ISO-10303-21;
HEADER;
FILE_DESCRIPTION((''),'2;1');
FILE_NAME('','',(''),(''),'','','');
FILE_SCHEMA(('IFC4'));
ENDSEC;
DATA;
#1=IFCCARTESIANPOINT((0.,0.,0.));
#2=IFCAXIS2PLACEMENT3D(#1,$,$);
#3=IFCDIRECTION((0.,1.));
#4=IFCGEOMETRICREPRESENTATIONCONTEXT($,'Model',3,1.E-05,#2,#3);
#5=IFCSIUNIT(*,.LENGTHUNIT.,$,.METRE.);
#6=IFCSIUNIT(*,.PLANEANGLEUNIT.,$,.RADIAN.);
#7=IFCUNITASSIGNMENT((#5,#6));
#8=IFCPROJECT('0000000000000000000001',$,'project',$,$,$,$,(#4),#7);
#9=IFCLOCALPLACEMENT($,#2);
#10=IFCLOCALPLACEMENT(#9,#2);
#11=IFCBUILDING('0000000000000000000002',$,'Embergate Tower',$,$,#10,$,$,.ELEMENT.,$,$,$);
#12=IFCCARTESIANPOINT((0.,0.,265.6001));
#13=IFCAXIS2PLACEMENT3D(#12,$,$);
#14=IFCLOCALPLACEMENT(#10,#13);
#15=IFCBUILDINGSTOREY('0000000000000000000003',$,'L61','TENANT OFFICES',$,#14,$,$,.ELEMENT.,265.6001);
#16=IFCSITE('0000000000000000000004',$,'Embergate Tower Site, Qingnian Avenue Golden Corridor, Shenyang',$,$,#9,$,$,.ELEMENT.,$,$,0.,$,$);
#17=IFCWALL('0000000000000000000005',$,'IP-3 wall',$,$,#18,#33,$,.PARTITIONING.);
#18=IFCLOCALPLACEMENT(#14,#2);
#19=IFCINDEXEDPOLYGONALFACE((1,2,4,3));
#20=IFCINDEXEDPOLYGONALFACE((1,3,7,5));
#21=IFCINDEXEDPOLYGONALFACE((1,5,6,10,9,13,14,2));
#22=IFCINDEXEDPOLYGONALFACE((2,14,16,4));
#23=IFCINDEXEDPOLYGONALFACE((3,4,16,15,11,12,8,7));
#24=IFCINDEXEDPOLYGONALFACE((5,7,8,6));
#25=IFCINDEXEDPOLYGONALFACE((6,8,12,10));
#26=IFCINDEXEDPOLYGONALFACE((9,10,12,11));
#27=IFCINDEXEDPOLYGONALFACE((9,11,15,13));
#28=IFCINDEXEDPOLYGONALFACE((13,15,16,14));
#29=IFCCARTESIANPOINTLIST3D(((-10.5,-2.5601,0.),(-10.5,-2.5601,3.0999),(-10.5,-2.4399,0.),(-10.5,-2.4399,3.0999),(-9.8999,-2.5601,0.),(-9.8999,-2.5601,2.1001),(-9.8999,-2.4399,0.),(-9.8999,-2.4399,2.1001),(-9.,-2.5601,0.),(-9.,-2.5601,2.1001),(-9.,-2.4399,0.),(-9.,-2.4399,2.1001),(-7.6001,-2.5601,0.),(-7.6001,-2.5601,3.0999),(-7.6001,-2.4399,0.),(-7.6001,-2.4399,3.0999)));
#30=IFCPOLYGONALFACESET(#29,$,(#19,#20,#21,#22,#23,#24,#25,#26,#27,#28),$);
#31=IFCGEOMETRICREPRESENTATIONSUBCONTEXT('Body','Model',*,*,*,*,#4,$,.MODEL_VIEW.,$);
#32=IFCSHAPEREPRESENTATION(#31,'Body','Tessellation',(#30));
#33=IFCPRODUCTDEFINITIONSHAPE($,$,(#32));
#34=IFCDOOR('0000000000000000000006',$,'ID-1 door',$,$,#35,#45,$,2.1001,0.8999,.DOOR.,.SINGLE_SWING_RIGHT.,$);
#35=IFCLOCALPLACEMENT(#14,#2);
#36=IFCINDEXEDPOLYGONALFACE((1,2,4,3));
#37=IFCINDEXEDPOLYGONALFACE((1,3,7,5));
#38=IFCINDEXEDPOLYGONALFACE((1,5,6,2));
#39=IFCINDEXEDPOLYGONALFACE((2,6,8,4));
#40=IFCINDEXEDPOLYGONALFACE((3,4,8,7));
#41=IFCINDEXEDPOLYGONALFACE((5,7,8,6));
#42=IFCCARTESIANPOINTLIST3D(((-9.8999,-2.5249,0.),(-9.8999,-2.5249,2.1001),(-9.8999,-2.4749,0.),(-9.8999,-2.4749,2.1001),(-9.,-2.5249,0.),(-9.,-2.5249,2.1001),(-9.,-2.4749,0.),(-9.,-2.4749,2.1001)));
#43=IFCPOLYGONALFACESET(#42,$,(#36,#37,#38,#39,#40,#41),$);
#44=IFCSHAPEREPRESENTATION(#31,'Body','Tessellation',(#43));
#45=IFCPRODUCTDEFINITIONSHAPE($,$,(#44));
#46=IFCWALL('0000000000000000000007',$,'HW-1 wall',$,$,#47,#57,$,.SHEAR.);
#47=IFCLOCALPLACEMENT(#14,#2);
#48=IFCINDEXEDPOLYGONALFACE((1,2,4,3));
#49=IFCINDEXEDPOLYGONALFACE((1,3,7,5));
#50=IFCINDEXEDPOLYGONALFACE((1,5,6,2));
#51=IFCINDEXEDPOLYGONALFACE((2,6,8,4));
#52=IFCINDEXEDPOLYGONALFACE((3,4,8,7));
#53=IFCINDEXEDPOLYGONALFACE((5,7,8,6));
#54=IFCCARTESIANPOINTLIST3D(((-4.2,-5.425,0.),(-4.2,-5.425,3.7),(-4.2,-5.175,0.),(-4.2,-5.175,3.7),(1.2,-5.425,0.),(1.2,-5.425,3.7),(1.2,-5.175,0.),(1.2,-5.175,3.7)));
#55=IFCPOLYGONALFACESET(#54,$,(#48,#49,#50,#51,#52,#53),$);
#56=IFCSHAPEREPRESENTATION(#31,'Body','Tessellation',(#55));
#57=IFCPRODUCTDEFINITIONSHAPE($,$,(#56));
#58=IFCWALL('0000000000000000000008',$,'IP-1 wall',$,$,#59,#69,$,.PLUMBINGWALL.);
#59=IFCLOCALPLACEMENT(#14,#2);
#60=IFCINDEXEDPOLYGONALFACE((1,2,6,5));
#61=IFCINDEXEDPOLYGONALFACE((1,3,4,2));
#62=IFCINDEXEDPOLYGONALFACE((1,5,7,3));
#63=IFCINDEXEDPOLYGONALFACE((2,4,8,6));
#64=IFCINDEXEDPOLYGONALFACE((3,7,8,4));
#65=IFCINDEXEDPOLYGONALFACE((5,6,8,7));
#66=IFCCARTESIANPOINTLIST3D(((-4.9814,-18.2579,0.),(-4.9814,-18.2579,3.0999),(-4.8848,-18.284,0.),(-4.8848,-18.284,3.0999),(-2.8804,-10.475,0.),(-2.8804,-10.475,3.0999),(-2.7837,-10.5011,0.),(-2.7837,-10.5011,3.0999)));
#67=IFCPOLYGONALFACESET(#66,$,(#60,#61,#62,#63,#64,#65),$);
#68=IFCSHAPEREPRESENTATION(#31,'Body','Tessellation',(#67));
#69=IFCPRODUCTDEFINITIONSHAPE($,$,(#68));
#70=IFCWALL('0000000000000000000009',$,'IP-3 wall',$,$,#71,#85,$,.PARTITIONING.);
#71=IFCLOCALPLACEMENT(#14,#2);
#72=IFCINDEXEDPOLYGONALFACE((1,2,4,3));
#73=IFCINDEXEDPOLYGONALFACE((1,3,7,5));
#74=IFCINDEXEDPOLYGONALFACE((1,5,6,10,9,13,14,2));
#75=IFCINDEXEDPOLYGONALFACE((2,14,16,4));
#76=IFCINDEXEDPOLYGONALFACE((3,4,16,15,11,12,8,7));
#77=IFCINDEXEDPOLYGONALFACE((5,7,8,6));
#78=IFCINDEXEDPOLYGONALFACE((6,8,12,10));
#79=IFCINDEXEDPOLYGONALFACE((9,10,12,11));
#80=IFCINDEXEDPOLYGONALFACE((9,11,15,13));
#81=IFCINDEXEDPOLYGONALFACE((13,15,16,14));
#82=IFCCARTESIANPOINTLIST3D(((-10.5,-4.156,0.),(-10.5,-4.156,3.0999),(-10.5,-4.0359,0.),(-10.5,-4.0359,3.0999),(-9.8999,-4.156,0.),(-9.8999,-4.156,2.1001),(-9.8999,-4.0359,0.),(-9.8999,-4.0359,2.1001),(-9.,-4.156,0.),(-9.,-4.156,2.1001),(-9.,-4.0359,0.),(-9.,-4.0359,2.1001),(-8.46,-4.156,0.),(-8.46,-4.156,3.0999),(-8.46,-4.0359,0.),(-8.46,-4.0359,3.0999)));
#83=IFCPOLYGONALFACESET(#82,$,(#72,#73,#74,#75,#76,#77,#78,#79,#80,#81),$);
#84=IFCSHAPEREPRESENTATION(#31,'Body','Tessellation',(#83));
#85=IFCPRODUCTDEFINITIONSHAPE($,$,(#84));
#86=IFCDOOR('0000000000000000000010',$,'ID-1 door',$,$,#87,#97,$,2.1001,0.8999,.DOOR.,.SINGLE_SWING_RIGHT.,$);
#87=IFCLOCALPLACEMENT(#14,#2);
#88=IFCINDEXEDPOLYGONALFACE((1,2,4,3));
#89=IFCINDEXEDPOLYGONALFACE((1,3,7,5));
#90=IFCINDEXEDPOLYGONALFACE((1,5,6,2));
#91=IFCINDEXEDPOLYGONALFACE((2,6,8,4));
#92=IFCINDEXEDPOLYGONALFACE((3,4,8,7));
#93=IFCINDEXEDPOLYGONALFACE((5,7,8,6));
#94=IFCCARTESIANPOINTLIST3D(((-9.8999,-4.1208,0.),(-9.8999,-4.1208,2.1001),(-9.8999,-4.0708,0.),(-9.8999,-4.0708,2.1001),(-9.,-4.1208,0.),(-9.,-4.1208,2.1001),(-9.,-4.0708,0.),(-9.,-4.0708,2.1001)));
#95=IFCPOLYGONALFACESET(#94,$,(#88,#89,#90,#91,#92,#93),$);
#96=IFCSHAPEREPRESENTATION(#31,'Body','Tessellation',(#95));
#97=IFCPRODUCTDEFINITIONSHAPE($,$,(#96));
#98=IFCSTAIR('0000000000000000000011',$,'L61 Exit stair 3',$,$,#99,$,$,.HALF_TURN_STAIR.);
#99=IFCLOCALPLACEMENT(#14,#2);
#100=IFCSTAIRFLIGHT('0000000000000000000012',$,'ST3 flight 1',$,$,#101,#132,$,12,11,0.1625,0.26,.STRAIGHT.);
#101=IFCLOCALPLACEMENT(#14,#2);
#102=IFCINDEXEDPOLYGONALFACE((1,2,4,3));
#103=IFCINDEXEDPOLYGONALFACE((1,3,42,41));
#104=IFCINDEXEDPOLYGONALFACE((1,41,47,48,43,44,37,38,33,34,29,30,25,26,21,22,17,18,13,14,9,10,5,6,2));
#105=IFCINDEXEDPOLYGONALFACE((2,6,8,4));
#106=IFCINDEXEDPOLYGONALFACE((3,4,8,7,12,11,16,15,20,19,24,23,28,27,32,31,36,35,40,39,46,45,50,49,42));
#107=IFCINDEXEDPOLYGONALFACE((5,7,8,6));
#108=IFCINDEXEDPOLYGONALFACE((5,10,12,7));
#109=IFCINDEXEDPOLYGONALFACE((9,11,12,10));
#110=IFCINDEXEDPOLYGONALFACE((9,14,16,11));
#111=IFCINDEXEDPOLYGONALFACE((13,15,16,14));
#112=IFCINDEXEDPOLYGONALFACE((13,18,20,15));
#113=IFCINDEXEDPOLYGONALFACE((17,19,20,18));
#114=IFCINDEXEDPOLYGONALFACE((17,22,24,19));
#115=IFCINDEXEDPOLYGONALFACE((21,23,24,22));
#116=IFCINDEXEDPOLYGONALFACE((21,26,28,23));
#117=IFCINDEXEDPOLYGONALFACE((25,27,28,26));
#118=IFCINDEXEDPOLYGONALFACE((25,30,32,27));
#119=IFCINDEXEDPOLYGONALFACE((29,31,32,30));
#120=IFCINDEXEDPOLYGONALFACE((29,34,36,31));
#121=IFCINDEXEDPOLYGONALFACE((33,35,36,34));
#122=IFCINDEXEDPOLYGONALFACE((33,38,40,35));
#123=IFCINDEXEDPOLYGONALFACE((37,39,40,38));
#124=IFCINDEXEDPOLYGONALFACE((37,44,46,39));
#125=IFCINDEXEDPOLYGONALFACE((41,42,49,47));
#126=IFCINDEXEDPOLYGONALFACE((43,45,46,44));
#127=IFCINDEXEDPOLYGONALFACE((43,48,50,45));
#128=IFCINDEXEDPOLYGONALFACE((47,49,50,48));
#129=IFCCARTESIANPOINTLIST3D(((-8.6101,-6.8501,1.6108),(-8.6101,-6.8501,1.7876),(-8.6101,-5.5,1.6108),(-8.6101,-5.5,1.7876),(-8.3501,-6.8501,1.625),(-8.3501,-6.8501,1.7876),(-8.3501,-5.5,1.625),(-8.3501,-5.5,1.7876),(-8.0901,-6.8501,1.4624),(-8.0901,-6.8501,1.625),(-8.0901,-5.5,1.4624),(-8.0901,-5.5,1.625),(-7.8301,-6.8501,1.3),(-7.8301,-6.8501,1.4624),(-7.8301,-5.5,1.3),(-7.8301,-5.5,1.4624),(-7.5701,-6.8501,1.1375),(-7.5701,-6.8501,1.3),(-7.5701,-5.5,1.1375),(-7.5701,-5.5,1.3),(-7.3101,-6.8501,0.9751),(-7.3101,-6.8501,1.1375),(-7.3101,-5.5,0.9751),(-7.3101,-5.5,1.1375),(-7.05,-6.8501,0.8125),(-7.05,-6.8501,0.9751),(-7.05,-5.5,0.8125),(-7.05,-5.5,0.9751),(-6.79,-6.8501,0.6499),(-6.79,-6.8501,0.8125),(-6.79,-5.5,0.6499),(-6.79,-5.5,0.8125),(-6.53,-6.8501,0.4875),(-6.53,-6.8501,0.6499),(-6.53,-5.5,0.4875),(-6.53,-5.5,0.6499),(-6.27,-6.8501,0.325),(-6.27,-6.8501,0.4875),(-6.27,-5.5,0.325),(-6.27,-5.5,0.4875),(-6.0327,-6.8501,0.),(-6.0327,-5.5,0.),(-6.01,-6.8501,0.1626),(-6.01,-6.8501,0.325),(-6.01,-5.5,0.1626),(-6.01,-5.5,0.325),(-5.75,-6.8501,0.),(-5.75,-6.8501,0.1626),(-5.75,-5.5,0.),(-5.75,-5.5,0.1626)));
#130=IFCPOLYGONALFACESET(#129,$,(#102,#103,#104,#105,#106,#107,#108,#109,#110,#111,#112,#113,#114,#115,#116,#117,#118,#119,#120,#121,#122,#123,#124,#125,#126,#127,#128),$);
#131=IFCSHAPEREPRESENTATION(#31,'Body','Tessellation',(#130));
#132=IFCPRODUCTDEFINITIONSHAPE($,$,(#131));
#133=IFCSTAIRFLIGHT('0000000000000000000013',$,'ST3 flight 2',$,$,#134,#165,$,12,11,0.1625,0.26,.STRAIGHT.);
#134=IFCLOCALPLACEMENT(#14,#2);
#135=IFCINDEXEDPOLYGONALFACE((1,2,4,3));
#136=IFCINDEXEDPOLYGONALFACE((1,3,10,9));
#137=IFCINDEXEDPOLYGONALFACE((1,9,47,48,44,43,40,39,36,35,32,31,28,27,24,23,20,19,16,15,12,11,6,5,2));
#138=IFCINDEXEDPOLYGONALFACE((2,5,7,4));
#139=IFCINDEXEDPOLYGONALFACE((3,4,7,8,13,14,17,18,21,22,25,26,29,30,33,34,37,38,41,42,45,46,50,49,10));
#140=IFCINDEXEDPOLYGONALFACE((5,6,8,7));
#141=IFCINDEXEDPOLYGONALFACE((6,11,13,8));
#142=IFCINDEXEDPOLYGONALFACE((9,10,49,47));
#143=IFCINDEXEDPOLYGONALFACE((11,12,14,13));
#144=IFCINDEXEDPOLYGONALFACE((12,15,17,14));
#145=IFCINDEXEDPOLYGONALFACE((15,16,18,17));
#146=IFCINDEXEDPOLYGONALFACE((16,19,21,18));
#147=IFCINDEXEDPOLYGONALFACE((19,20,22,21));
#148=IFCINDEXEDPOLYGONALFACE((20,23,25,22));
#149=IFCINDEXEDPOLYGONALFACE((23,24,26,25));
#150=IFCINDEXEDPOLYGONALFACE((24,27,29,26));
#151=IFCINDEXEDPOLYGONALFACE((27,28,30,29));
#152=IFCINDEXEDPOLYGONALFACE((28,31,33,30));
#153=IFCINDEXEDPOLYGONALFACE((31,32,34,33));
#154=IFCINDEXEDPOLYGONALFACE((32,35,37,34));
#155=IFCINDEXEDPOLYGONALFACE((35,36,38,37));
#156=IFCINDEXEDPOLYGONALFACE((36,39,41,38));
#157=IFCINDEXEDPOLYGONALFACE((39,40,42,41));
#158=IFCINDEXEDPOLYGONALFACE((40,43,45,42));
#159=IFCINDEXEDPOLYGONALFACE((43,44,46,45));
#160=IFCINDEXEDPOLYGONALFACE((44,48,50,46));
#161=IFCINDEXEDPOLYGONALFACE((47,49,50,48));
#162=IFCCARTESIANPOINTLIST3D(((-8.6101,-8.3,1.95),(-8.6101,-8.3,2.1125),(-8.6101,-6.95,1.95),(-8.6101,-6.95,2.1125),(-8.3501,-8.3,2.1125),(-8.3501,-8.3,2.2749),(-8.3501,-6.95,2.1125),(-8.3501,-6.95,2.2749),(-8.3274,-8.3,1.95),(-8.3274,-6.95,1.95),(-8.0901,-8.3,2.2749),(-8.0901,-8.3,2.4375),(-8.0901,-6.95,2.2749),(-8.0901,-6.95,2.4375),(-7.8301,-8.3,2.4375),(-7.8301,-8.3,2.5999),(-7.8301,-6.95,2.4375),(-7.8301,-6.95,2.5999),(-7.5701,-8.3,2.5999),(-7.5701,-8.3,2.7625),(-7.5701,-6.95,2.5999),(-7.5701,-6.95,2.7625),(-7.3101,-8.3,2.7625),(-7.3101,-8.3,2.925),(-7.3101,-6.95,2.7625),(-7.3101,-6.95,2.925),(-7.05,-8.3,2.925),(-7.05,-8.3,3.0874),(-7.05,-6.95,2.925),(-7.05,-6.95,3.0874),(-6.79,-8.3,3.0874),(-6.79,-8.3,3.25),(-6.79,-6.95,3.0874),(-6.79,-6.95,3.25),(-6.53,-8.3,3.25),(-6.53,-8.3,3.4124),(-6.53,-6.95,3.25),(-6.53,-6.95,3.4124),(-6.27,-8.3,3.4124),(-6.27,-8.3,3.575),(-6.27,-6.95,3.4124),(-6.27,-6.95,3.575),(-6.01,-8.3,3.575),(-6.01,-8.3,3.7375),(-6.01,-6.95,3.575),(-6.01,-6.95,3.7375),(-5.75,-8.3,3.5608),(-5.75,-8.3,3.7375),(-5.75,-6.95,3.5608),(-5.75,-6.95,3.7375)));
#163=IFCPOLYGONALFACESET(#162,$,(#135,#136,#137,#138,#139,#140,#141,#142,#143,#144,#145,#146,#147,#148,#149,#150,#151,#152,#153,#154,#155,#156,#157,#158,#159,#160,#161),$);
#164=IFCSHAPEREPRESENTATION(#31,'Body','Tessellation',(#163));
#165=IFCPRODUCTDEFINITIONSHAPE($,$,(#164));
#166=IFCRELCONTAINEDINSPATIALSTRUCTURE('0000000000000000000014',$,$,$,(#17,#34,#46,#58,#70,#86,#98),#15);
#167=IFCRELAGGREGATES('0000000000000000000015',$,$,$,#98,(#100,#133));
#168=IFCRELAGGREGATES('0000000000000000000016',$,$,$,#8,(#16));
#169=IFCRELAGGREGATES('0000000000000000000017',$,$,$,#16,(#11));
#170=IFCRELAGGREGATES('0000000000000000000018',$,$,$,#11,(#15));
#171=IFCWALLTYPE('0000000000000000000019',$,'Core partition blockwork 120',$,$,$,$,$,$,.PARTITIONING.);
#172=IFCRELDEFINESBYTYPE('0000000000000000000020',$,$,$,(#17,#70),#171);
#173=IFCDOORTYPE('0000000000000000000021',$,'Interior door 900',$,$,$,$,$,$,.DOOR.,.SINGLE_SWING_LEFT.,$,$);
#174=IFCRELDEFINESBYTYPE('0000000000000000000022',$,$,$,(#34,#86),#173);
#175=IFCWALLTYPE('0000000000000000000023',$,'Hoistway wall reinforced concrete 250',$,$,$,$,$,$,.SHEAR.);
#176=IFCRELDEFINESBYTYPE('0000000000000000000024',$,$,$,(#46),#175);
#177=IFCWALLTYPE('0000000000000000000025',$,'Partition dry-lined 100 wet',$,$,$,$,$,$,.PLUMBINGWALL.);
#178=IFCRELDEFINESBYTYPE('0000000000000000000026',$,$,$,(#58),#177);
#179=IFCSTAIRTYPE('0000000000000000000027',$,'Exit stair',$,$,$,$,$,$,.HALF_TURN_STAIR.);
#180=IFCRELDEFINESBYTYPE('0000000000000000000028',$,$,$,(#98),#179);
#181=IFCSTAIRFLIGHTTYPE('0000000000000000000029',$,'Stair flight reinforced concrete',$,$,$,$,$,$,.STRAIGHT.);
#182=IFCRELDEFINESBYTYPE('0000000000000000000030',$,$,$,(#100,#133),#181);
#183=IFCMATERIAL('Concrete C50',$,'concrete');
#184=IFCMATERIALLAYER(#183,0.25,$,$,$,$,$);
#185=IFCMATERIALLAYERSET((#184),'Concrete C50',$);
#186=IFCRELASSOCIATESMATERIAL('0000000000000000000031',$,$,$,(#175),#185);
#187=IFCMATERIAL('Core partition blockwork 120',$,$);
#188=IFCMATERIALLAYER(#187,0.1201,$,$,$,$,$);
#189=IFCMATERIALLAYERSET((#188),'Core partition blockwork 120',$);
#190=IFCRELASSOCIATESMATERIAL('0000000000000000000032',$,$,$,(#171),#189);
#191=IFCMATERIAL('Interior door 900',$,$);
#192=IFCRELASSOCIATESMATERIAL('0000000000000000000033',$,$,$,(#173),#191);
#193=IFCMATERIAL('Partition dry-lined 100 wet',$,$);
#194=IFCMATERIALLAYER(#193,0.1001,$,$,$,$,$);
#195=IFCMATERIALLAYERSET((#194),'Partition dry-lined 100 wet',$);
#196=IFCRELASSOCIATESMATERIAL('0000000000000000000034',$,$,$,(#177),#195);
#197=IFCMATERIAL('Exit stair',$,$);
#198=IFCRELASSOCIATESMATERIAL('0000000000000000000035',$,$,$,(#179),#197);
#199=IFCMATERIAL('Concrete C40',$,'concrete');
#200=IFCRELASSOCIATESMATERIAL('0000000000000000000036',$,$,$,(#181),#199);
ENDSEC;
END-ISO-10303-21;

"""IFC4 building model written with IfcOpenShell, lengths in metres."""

from ifc_helpers import new_model, si_unit, direction, frame, frame_2d, origin, place, context, subcontext, project, spatial, polyline, rectangle, outline, extrude, source, transform, mapped, material, layer, layer_set, type_object, element, fill, aggregate, save


model = new_model("IFC4")

# Units and contexts
model_context = context("Model", 3, precision=1e-05, world=origin(), true_north=direction((0.0, 1.0)))
body_context = subcontext(model_context, "Body", "Model", "MODEL_VIEW")
ifc_project = project(units=[si_unit("LENGTHUNIT", "METRE"), si_unit("PLANEANGLEUNIT", "RADIAN")], contexts=[model_context])

# Site, building, storey
site_placement = place(None, origin())
site = spatial("IfcSite", under=ifc_project, at=site_placement, Name="Embergate Tower Site, Qingnian Avenue Golden Corridor, Shenyang", CompositionType="ELEMENT", RefElevation=0.0)
building_placement = place(site_placement, origin())
building = spatial("IfcBuilding", under=site, at=building_placement, Name="Embergate Tower", CompositionType="ELEMENT")
storey_placement = place(building_placement, frame((0.0, 0.0, 265.6001)))
storey = spatial("IfcBuildingStorey", under=building, at=storey_placement, Name="L61", Description="TENANT OFFICES", CompositionType="ELEMENT", Elevation=265.6001)

# Shared definitions
ifc_material_1 = material(Name="Concrete C50", Category="concrete")
ifc_layer_1 = layer(ifc_material_1, 0.25)
ifc_layer_set_1 = layer_set([ifc_layer_1], Name="Concrete C50")
wall_type_1 = type_object("IfcWallType", Name="Hoistway wall reinforced concrete 250", PredefinedType="SHEAR", material=ifc_layer_set_1)

# Wall, opening, door
ifc_material_2 = material(Name="Core partition blockwork 120")
ifc_layer_2 = layer(ifc_material_2, 0.1201)
ifc_layer_set_2 = layer_set([ifc_layer_2], Name="Core partition blockwork 120")
wall_type_2 = type_object("IfcWallType", Name="Core partition blockwork 120", PredefinedType="PARTITIONING", material=ifc_layer_set_2)
shared_shape_1 = source(origin(), body_context, "Body", "SweptSolid", [
    extrude(rectangle(XDim=0.8999, YDim=2.1001, at=frame_2d((0.45, 1.05))), frame((0.0, 0.0701, 0.0), z_axis=(0.0, -1.0, 0.0), x_axis=(1.0, 0.0, 0.0)), (0.0, 0.0, 1.0), 0.1401),
])
ifc_material_3 = material(Name="Interior door 900")
door_type_1 = type_object("IfcDoorType", Name="Interior door 900", OperationType="SINGLE_SWING_LEFT", PredefinedType="DOOR", material=ifc_material_3)
shared_shape_2 = source(origin(), body_context, "Body", "SweptSolid", [
    extrude(rectangle(XDim=0.8999, YDim=2.1001, at=frame_2d((0.45, 1.05))), frame((0.0, 0.0249, 0.0), z_axis=(0.0, -1.0, 0.0), x_axis=(1.0, 0.0, 0.0)), (0.0, 0.0, 1.0), 0.05),
])
shared_shape_3 = source(origin(), body_context, "Body", "SweptSolid", [
    extrude(rectangle(XDim=2.8999, YDim=0.1201, at=frame_2d((1.45, 0.0))), origin(), (0.0, 0.0, 1.0), 3.0999),
])
wall_1_placement = place(storey_placement, frame((-7.6001, -2.5, 0.0), z_axis=(0.0, 0.0, 1.0), x_axis=(-1.0, 0.0, 0.0)))
wall_1 = element("IfcWall", 1, at=wall_1_placement, inside=storey, type_object=wall_type_2, Name="IP-3 wall", PredefinedType="PARTITIONING", context=body_context, shape_type="MappedRepresentation", body=[
    mapped(shared_shape_3, transform((0.0, 0.0, 0.0))),
])
opening_1_placement = place(wall_1_placement, frame((1.3999, 0.0, 0.0)))
opening_1 = element("IfcOpeningElement", 2, at=opening_1_placement, cuts=wall_1, PredefinedType="OPENING", context=body_context, shape_type="MappedRepresentation", body=[
    mapped(shared_shape_1, transform((0.0, 0.0, 0.0))),
])
door_1_placement = place(opening_1_placement, origin())
door_1 = element("IfcDoor", 3, at=door_1_placement, inside=storey, type_object=door_type_1, Name="ID-1 door", OperationType="SINGLE_SWING_RIGHT", OverallHeight=2.1001, OverallWidth=0.8999, PredefinedType="DOOR", context=body_context, shape_type="MappedRepresentation", body=[
    mapped(shared_shape_2, transform((0.0, 0.0, 0.0))),
])
fill(opening_1, door_1)

# Walls
shared_shape_4 = source(origin(), body_context, "Body", "SweptSolid", [
    extrude(rectangle(XDim=5.3999, YDim=0.25, at=frame_2d((2.7, 0.0))), origin(), (0.0, 0.0, 1.0), 3.7),
])
wall_2_placement = place(storey_placement, frame((-4.2, -5.3, 0.0), z_axis=(0.0, 0.0, 1.0), x_axis=(1.0, 0.0, 0.0)))
element("IfcWall", 4, at=wall_2_placement, inside=storey, type_object=wall_type_1, Name="HW-1 wall", PredefinedType="SHEAR", context=body_context, shape_type="MappedRepresentation", body=[
    mapped(shared_shape_4, transform((0.0, 0.0, 0.0))),
])
ifc_material_4 = material(Name="Partition dry-lined 100 wet")
ifc_layer_3 = layer(ifc_material_4, 0.1001)
ifc_layer_set_3 = layer_set([ifc_layer_3], Name="Partition dry-lined 100 wet")
wall_type_3 = type_object("IfcWallType", Name="Partition dry-lined 100 wet", PredefinedType="PLUMBINGWALL", material=ifc_layer_set_3)
shared_shape_5 = source(origin(), body_context, "Body", "SweptSolid", [
    extrude(rectangle(XDim=8.0615, YDim=0.1001, at=frame_2d((4.0308, 0.0))), origin(), (0.0, 0.0, 1.0), 3.0999),
])
wall_3_placement = place(storey_placement, frame((-2.832, -10.488, 0.0), z_axis=(0.0, 0.0, 1.0), x_axis=(-0.260628, -0.965439, 0.0)))
element("IfcWall", 5, at=wall_3_placement, inside=storey, type_object=wall_type_3, Name="IP-1 wall", PredefinedType="PLUMBINGWALL", context=body_context, shape_type="MappedRepresentation", body=[
    mapped(shared_shape_5, transform((0.0, 0.0, 0.0))),
])

# Wall, opening, door
shared_shape_6 = source(origin(), body_context, "Body", "SweptSolid", [
    extrude(rectangle(XDim=2.04, YDim=0.1201, at=frame_2d((1.02, 0.0))), origin(), (0.0, 0.0, 1.0), 3.0999),
])
wall_4_placement = place(storey_placement, frame((-8.46, -4.0959, 0.0), z_axis=(0.0, 0.0, 1.0), x_axis=(-1.0, 0.0, 0.0)))
wall_4 = element("IfcWall", 6, at=wall_4_placement, inside=storey, type_object=wall_type_2, Name="IP-3 wall", PredefinedType="PARTITIONING", context=body_context, shape_type="MappedRepresentation", body=[
    mapped(shared_shape_6, transform((0.0, 0.0, 0.0))),
])
opening_2_placement = place(wall_4_placement, frame((0.54, 0.0, 0.0)))
opening_2 = element("IfcOpeningElement", 7, at=opening_2_placement, cuts=wall_4, PredefinedType="OPENING", context=body_context, shape_type="MappedRepresentation", body=[
    mapped(shared_shape_1, transform((0.0, 0.0, 0.0))),
])
door_2_placement = place(opening_2_placement, origin())
door_2 = element("IfcDoor", 8, at=door_2_placement, inside=storey, type_object=door_type_1, Name="ID-1 door", OperationType="SINGLE_SWING_RIGHT", OverallHeight=2.1001, OverallWidth=0.8999, PredefinedType="DOOR", context=body_context, shape_type="MappedRepresentation", body=[
    mapped(shared_shape_2, transform((0.0, 0.0, 0.0))),
])
fill(opening_2, door_2)

# Stair, stair flights
ifc_material_5 = material(Name="Exit stair")
stair_type = type_object("IfcStairType", Name="Exit stair", PredefinedType="HALF_TURN_STAIR", material=ifc_material_5)
stair_placement = place(storey_placement, origin())
stair = element("IfcStair", 9, at=stair_placement, inside=storey, type_object=stair_type, Name="L61 Exit stair 3", PredefinedType="HALF_TURN_STAIR")
ifc_material_6 = material(Name="Concrete C40", Category="concrete")
stair_flight_type = type_object("IfcStairFlightType", Name="Stair flight reinforced concrete", PredefinedType="STRAIGHT", material=ifc_material_6)
shared_shape_7 = source(origin(), body_context, "Body", "SweptSolid", [
    extrude(outline(polyline([(0.0, 0.0), (0.0, 0.1626), (0.26, 0.1626), (0.26, 0.325), (0.52, 0.325), (0.52, 0.4875), (0.78, 0.4875), (0.78, 0.6499), (1.04, 0.6499), (1.04, 0.8125), (1.3, 0.8125), (1.3, 0.9751), (1.5601, 0.9751), (1.5601, 1.1375), (1.8201, 1.1375), (1.8201, 1.3), (2.0801, 1.3), (2.0801, 1.4624), (2.3401, 1.4624), (2.3401, 1.625), (2.6001, 1.625), (2.6001, 1.7876), (2.8601, 1.7876), (2.8601, 1.95), (2.8601, 1.6108), (0.2827, 0.0), (0.0, 0.0)])), frame((0.0, 0.675, 0.0), z_axis=(0.0, -1.0, 0.0), x_axis=(1.0, 0.0, 0.0)), (0.0, 0.0, 1.0), 1.3501),
])
stair_flight_1_placement = place(storey_placement, frame((-5.75, -6.175, 0.0), z_axis=(0.0, 0.0, 1.0), x_axis=(-1.0, 0.0, 0.0)))
stair_flight_1 = element("IfcStairFlight", 10, at=stair_flight_1_placement, type_object=stair_flight_type, Name="ST3 flight 1", NumberOfRisers=12, NumberOfTreads=11, PredefinedType="STRAIGHT", RiserHeight=0.1625, TreadLength=0.26, context=body_context, shape_type="MappedRepresentation", body=[
    mapped(shared_shape_7, transform((0.0, 0.0, 0.0))),
])
stair_flight_2_placement = place(storey_placement, frame((-8.6101, -7.625, 1.95), z_axis=(0.0, 0.0, 1.0), x_axis=(1.0, 0.0, 0.0)))
stair_flight_2 = element("IfcStairFlight", 11, at=stair_flight_2_placement, type_object=stair_flight_type, Name="ST3 flight 2", NumberOfRisers=12, NumberOfTreads=11, PredefinedType="STRAIGHT", RiserHeight=0.1625, TreadLength=0.26, context=body_context, shape_type="MappedRepresentation", body=[
    mapped(shared_shape_7, transform((0.0, 0.0, 0.0))),
])
aggregate(stair, [stair_flight_1, stair_flight_2])

save(model, "model.ifc")
